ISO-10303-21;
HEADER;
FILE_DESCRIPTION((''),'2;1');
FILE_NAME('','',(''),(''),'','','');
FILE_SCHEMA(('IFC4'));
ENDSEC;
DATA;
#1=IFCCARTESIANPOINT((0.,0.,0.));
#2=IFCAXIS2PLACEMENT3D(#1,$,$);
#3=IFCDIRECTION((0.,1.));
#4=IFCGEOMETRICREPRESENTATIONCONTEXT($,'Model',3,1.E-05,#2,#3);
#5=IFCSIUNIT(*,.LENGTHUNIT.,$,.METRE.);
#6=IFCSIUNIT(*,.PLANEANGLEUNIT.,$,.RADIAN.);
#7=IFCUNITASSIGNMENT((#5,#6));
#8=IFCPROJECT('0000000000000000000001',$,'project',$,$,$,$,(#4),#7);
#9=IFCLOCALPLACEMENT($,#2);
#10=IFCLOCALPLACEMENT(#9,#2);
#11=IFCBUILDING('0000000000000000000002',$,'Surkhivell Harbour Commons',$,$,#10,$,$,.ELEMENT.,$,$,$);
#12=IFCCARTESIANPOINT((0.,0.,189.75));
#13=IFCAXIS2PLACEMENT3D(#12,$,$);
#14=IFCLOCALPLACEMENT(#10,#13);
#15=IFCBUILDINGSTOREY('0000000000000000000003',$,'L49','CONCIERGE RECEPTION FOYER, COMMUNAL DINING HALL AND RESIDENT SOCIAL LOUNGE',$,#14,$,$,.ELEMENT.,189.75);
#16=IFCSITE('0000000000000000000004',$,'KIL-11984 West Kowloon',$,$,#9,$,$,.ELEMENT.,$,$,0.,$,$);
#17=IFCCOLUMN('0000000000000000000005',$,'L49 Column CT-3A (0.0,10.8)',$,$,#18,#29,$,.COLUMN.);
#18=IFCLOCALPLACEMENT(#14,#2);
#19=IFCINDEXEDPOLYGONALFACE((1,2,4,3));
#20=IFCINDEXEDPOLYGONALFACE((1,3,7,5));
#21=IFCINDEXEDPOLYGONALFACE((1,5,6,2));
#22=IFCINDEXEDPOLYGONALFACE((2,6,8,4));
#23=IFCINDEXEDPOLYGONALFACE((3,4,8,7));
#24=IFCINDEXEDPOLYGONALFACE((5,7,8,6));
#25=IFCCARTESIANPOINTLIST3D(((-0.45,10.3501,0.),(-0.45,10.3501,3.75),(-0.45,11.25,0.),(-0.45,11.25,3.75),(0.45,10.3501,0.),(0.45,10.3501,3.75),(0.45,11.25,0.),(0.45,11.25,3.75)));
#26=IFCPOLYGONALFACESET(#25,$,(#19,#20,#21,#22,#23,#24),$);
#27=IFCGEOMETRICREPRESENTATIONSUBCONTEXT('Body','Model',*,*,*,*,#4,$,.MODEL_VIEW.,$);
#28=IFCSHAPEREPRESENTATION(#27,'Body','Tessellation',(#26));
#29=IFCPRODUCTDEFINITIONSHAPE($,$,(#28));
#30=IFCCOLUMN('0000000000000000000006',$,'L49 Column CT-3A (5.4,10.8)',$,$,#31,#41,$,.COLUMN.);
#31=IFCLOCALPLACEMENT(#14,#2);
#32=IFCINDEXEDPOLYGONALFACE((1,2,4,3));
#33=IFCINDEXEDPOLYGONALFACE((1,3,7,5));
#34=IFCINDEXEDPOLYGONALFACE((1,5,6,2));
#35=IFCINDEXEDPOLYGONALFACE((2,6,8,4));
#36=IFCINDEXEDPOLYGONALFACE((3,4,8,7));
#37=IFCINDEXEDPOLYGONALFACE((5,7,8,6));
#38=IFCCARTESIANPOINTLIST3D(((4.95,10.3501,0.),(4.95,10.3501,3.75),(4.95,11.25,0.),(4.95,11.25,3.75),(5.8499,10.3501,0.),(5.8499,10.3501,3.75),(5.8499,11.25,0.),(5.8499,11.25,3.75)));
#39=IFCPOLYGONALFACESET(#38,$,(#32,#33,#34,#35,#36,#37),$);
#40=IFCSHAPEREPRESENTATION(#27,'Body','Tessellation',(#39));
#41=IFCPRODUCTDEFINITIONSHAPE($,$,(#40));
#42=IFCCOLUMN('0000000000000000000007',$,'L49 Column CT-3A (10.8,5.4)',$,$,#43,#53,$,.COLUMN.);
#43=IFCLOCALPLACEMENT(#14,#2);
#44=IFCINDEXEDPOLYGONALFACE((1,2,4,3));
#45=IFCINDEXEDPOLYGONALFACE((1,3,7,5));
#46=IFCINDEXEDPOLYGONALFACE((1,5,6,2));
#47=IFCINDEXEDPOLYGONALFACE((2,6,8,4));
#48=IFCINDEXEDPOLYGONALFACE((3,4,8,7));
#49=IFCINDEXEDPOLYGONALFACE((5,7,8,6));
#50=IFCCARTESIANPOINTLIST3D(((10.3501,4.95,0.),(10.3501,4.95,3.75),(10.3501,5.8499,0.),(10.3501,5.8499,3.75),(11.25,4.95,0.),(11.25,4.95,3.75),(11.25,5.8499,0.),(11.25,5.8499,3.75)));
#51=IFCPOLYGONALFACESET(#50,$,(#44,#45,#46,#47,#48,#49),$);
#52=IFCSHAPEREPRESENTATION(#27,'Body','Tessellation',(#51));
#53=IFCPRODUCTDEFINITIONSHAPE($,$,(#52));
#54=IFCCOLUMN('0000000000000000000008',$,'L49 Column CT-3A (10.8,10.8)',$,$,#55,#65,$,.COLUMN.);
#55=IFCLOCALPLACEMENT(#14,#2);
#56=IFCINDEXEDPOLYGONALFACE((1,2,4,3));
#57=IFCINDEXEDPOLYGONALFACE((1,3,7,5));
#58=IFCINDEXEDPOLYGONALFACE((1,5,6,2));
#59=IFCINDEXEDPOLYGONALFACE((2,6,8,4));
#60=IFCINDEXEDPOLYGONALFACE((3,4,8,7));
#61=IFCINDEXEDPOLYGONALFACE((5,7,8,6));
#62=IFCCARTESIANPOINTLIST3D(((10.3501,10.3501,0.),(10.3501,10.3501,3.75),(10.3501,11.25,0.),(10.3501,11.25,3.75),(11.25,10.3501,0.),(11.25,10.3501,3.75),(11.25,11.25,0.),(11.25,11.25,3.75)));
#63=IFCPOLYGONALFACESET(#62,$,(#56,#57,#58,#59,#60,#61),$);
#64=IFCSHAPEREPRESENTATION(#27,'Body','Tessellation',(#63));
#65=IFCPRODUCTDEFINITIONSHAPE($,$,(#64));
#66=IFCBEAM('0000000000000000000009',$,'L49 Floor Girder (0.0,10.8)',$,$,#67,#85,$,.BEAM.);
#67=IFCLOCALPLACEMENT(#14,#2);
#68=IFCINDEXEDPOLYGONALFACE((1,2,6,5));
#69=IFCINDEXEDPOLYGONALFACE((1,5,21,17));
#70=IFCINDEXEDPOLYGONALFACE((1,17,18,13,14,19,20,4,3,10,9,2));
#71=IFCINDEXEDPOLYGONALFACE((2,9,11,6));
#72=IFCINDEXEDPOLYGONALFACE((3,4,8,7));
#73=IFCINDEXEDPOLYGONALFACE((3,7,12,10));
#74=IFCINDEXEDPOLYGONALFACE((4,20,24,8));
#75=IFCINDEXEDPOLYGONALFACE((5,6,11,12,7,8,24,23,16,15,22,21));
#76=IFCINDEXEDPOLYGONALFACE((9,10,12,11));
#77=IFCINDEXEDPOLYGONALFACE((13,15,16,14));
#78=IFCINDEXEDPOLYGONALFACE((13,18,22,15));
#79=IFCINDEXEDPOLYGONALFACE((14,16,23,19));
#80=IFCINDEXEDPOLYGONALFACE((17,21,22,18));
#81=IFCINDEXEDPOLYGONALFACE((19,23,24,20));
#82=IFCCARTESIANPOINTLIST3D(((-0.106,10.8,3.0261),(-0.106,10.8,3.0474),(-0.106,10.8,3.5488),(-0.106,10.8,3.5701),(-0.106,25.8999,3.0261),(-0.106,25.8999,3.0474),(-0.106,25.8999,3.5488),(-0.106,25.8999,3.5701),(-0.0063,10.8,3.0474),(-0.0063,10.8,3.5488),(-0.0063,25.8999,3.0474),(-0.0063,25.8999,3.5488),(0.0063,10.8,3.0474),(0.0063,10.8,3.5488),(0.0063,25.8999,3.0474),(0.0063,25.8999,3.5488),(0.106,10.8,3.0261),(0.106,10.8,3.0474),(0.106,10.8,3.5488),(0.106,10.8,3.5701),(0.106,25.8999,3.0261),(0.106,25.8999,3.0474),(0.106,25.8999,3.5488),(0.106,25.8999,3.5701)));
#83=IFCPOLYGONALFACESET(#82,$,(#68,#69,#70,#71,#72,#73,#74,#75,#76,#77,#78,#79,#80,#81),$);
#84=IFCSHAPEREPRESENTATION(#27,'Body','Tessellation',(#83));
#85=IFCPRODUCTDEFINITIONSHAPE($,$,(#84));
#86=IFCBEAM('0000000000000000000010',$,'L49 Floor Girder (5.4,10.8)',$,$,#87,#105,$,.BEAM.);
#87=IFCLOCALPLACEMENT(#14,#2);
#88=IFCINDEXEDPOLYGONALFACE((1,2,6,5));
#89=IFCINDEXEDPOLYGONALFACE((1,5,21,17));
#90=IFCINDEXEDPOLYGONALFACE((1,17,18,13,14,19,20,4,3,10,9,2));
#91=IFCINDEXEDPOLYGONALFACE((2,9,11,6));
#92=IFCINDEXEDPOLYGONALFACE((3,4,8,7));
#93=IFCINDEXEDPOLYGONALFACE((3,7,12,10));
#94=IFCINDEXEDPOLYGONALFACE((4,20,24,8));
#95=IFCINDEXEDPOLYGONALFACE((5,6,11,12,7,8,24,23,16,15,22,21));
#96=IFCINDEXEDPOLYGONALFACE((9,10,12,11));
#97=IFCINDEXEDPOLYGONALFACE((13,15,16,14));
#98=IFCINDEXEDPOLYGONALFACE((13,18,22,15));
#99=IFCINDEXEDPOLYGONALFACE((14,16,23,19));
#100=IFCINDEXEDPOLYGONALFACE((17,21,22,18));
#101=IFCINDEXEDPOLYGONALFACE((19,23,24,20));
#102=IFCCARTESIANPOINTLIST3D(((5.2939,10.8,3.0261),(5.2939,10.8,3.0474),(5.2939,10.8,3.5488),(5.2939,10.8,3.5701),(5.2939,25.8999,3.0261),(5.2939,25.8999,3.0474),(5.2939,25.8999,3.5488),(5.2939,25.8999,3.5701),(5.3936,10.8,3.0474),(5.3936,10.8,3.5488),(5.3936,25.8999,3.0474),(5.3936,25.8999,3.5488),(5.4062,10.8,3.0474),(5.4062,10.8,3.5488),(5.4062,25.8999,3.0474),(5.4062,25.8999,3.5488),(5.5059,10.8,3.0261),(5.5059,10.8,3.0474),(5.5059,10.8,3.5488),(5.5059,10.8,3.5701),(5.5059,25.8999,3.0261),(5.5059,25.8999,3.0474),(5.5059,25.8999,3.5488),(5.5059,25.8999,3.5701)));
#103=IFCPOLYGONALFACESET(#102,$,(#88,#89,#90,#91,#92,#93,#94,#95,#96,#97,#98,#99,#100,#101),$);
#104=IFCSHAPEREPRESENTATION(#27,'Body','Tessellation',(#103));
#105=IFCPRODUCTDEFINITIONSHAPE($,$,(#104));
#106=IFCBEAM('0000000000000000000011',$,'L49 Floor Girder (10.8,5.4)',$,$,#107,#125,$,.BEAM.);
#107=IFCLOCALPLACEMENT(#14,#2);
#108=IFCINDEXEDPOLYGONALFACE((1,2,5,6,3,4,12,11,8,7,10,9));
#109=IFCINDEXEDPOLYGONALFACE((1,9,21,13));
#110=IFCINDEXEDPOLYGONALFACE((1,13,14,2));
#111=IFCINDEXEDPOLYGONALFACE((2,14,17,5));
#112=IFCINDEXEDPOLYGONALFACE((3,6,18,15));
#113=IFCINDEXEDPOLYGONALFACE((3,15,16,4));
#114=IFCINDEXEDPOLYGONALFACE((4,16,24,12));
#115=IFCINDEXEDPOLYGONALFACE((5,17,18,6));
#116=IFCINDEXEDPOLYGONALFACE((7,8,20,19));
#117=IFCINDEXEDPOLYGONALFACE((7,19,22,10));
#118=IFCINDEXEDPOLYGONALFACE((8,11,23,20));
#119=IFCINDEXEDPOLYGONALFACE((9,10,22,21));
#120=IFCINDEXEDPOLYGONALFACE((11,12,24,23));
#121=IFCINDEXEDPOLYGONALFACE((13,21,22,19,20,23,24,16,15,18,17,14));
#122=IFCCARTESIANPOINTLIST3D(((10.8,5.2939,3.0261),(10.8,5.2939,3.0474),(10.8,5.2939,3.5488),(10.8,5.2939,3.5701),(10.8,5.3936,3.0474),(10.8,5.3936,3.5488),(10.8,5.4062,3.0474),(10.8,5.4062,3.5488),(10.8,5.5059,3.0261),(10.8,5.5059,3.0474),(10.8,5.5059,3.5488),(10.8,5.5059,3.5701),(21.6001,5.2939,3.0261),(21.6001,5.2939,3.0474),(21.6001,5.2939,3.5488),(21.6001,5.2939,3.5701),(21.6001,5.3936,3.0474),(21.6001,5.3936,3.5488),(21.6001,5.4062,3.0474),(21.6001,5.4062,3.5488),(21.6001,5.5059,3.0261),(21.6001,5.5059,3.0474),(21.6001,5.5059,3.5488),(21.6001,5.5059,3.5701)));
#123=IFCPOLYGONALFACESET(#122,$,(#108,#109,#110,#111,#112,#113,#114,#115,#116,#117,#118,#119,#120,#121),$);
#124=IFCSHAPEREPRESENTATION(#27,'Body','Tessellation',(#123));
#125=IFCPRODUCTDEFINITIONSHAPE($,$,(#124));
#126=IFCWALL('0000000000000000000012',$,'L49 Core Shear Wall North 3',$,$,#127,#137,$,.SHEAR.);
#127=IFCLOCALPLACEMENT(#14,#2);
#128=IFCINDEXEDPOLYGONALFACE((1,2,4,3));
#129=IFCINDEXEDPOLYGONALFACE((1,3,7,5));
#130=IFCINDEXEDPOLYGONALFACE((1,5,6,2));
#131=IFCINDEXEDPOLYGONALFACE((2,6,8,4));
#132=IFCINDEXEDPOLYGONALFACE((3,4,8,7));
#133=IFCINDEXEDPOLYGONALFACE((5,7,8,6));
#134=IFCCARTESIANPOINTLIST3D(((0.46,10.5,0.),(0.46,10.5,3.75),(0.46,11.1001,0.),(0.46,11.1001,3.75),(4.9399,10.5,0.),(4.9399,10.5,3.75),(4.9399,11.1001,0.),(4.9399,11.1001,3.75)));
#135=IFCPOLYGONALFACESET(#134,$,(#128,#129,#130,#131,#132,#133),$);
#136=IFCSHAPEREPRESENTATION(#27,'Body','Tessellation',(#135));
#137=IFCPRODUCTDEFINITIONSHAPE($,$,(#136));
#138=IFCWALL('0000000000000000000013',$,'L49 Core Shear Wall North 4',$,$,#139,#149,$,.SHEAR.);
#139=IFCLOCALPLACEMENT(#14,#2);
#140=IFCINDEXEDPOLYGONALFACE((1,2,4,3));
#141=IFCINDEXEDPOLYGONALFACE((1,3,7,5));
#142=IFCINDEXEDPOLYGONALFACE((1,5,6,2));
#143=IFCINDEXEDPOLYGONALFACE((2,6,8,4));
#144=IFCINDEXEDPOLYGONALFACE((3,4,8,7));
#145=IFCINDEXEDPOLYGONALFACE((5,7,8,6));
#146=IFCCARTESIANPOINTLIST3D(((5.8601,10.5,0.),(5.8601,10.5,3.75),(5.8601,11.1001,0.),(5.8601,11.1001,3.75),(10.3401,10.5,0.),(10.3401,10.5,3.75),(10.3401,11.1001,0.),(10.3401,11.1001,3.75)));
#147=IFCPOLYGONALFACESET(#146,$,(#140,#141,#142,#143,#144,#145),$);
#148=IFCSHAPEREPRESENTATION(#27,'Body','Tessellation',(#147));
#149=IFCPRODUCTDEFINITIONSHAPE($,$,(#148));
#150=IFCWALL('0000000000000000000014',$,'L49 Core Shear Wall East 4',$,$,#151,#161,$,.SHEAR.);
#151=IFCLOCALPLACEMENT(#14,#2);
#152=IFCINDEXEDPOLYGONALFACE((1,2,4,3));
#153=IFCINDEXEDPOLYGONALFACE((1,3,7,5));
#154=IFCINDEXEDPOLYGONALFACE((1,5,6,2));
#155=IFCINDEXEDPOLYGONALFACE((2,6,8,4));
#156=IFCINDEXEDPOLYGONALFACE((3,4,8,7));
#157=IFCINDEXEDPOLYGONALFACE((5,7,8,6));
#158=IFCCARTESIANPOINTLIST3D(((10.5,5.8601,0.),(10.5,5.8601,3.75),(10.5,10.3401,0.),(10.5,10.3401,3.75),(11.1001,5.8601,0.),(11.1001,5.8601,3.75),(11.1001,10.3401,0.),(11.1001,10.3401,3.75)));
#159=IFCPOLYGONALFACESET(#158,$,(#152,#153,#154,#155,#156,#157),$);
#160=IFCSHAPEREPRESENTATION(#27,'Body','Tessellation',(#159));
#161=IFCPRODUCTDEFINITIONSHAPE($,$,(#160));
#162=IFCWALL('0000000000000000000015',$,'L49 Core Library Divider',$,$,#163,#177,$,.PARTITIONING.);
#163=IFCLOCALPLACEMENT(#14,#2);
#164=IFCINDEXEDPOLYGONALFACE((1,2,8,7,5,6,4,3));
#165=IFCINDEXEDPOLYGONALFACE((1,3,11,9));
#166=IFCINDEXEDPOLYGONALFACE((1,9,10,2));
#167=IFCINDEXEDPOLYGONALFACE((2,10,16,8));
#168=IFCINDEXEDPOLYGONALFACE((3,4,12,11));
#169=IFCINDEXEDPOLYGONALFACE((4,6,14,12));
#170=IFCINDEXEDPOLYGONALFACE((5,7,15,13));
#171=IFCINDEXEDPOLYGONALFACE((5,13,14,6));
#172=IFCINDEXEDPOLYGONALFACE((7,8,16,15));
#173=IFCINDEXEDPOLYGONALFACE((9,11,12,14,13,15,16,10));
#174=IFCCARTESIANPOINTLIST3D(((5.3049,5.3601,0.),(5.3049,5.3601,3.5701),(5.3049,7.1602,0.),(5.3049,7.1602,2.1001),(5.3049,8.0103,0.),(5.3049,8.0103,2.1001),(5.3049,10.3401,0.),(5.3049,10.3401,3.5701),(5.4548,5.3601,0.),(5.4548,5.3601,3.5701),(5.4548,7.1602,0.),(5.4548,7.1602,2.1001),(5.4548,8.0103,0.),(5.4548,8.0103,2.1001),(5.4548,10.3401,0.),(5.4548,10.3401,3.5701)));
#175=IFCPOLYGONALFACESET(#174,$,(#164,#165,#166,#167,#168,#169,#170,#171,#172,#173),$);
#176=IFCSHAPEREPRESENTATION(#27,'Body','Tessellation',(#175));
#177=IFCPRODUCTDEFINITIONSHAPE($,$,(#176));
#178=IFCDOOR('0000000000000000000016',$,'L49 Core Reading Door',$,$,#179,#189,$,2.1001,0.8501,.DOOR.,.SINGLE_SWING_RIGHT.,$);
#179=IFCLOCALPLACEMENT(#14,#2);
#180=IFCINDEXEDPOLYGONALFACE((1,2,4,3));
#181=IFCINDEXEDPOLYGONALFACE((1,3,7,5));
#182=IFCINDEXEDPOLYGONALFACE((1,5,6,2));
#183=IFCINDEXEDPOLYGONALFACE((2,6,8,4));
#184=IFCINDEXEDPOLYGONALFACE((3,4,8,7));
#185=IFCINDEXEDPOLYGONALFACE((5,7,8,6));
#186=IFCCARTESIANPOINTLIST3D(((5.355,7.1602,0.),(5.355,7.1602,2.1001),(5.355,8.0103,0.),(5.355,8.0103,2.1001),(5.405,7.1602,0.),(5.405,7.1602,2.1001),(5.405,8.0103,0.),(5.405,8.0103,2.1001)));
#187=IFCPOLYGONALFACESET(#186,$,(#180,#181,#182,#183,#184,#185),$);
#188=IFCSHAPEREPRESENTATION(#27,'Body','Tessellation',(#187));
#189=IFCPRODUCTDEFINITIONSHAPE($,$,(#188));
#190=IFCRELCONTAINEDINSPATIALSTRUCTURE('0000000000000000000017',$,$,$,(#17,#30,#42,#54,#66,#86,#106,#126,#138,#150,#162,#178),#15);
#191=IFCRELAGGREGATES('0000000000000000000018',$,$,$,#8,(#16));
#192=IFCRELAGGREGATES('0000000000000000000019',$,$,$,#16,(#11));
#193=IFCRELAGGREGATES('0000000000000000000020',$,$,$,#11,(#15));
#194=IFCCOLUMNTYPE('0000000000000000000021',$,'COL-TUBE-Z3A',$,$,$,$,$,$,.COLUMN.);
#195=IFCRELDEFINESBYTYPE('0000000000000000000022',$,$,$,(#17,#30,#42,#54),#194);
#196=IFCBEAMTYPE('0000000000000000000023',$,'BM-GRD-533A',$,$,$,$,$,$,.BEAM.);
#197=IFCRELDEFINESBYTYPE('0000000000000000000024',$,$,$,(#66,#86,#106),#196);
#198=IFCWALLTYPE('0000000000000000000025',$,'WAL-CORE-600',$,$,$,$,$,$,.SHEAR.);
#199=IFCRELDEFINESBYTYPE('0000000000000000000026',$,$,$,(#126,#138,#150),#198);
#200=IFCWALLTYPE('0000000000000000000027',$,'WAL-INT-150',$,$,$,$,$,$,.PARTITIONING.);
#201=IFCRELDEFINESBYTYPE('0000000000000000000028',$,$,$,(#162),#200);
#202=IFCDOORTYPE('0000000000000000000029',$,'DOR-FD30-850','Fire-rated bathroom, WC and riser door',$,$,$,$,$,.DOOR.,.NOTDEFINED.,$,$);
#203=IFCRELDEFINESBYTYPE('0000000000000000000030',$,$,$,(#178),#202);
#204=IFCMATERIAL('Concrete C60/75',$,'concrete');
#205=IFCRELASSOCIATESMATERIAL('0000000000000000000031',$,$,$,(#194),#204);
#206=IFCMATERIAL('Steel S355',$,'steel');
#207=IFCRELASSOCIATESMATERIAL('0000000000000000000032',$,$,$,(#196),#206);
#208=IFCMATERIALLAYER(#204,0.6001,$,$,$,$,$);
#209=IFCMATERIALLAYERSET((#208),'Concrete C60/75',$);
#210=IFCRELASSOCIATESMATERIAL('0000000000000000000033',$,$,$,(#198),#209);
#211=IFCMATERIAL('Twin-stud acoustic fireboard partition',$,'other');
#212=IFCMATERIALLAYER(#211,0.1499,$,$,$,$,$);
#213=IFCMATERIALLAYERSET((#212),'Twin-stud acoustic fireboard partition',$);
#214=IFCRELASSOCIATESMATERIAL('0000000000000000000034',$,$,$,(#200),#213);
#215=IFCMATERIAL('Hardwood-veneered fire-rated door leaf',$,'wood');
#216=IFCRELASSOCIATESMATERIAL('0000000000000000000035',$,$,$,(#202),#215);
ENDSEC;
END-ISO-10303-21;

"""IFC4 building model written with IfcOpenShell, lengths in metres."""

from ifc_helpers import new_model, si_unit, direction, frame, frame_2d, origin, origin_2d, place, context, subcontext, project, spatial, rectangle, i_section, extrude, material, layer, layer_set, material_profile, profile_set, type_object, element, fill, save


model = new_model("IFC4")

# Units and contexts
model_context = context("Model", 3, precision=1e-05, world=origin(), true_north=direction((0.0, 1.0)))
body_context = subcontext(model_context, "Body", "Model", "MODEL_VIEW")
ifc_project = project(units=[si_unit("LENGTHUNIT", "METRE"), si_unit("PLANEANGLEUNIT", "RADIAN")], contexts=[model_context])

# Site, building, storey
site_placement = place(None, origin())
site = spatial("IfcSite", under=ifc_project, at=site_placement, Name="KIL-11984 West Kowloon", CompositionType="ELEMENT", RefElevation=0.0)
building_placement = place(site_placement, origin())
building = spatial("IfcBuilding", under=site, at=building_placement, Name="Surkhivell Harbour Commons", CompositionType="ELEMENT")
storey_placement = place(building_placement, frame((0.0, 0.0, 189.75)))
storey = spatial("IfcBuildingStorey", under=building, at=storey_placement, Name="L49", Description="CONCIERGE RECEPTION FOYER, COMMUNAL DINING HALL AND RESIDENT SOCIAL LOUNGE", CompositionType="ELEMENT", Elevation=189.75)

# Columns
ifc_material_1 = material(Name="Concrete C60/75", Category="concrete")
ifc_material_profile_1 = material_profile(ifc_material_1, rectangle(XDim=0.8999, YDim=0.8999, at=origin_2d()), Name="RC-COL-900x900")
ifc_profile_set_1 = profile_set([ifc_material_profile_1], Name="Concrete C60/75")
column_type = type_object("IfcColumnType", Name="COL-TUBE-Z3A", PredefinedType="COLUMN", material=ifc_profile_set_1)
for number, where, z_axis, x_axis, name in (
    (1, (0.0, 10.8, 0.0), (0.0, 0.0, 1.0), (1.0, 0.0, 0.0), "L49 Column CT-3A (0.0,10.8)"),
    (2, (5.3999, 10.8, 0.0), (0.0, 0.0, 1.0), (1.0, 0.0, 0.0), "L49 Column CT-3A (5.4,10.8)"),
    (3, (10.8, 5.3999, 0.0), (0.0, 0.0, 1.0), (1.0, 0.0, 0.0), "L49 Column CT-3A (10.8,5.4)"),
    (4, (10.8, 10.8, 0.0), (0.0, 0.0, 1.0), (1.0, 0.0, 0.0), "L49 Column CT-3A (10.8,10.8)"),
):
    element("IfcColumn", number, at=place(storey_placement, frame(where, z_axis=z_axis, x_axis=x_axis)), inside=storey, type_object=column_type, Name=name, PredefinedType="COLUMN", context=body_context, shape_type="SweptSolid", body=[
        extrude(rectangle(XDim=0.8999, YDim=0.8999, at=origin_2d()), origin(), (0.0, 0.0, 1.0), 3.75),
    ])

# Beams
ifc_material_2 = material(Name="Steel S355", Category="steel")
ifc_material_profile_2 = material_profile(ifc_material_2, i_section(OverallWidth=0.2119, OverallDepth=0.5439, WebThickness=0.0127, FlangeThickness=0.0212, at=origin_2d()), Name="UB533x210x122")
ifc_profile_set_2 = profile_set([ifc_material_profile_2], Name="Steel S355")
beam_type = type_object("IfcBeamType", Name="BM-GRD-533A", PredefinedType="BEAM", material=ifc_profile_set_2)
for number, where, z_axis, x_axis, name in (
    (5, (0.0, 10.8, 3.2981), (0.0, 1.0, 0.0), (-1.0, 0.0, 0.0), "L49 Floor Girder (0.0,10.8)"),
    (6, (5.3999, 10.8, 3.2981), (0.0, 1.0, 0.0), (-1.0, 0.0, 0.0), "L49 Floor Girder (5.4,10.8)"),
):
    element("IfcBeam", number, at=place(storey_placement, frame(where, z_axis=z_axis, x_axis=x_axis)), inside=storey, type_object=beam_type, Name=name, PredefinedType="BEAM", context=body_context, shape_type="SweptSolid", body=[
        extrude(i_section(OverallWidth=0.2119, OverallDepth=0.5439, WebThickness=0.0127, FlangeThickness=0.0212, at=origin_2d()), origin(), (0.0, 0.0, 1.0), 15.0999),
    ])
beam_placement = place(storey_placement, frame((10.8, 5.3999, 3.2981), z_axis=(1.0, 0.0, 0.0), x_axis=(0.0, 1.0, 0.0)))
element("IfcBeam", 7, at=beam_placement, inside=storey, type_object=beam_type, Name="L49 Floor Girder (10.8,5.4)", PredefinedType="BEAM", context=body_context, shape_type="SweptSolid", body=[
    extrude(i_section(OverallWidth=0.2119, OverallDepth=0.5439, WebThickness=0.0127, FlangeThickness=0.0212, at=origin_2d()), origin(), (0.0, 0.0, 1.0), 10.8),
])

# Walls
ifc_layer_1 = layer(ifc_material_1, 0.6001)
ifc_layer_set_1 = layer_set([ifc_layer_1], Name="Concrete C60/75")
wall_type_1 = type_object("IfcWallType", Name="WAL-CORE-600", PredefinedType="SHEAR", material=ifc_layer_set_1)
for number, where, z_axis, x_axis, name in (
    (8, (0.46, 10.8, 0.0), (0.0, 0.0, 1.0), (1.0, 0.0, 0.0), "L49 Core Shear Wall North 3"),
    (9, (5.8601, 10.8, 0.0), (0.0, 0.0, 1.0), (1.0, 0.0, 0.0), "L49 Core Shear Wall North 4"),
    (10, (10.8, 5.8601, 0.0), (0.0, 0.0, 1.0), (0.0, 1.0, 0.0), "L49 Core Shear Wall East 4"),
):
    element("IfcWall", number, at=place(storey_placement, frame(where, z_axis=z_axis, x_axis=x_axis)), inside=storey, type_object=wall_type_1, Name=name, PredefinedType="SHEAR", context=body_context, shape_type="SweptSolid", body=[
        extrude(rectangle(XDim=4.48, YDim=0.6001, at=frame_2d((2.24, 0.0))), origin(), (0.0, 0.0, 1.0), 3.75),
    ])

# Wall, opening, door
ifc_material_3 = material(Name="Twin-stud acoustic fireboard partition", Category="other")
ifc_layer_2 = layer(ifc_material_3, 0.1499)
ifc_layer_set_2 = layer_set([ifc_layer_2], Name="Twin-stud acoustic fireboard partition")
wall_type_2 = type_object("IfcWallType", Name="WAL-INT-150", PredefinedType="PARTITIONING", material=ifc_layer_set_2)
wall_1_placement = place(storey_placement, frame((5.3799, 5.3601, 0.0), z_axis=(0.0, 0.0, 1.0), x_axis=(0.0, 1.0, 0.0)))
wall_1 = element("IfcWall", 11, at=wall_1_placement, inside=storey, type_object=wall_type_2, Name="L49 Core Library Divider", PredefinedType="PARTITIONING", context=body_context, shape_type="SweptSolid", body=[
    extrude(rectangle(XDim=4.98, YDim=0.1499, at=frame_2d((2.49, 0.0))), origin(), (0.0, 0.0, 1.0), 3.5701),
])
opening_1_placement = place(wall_1_placement, frame((1.8, 0.0, 0.0)))
opening_1 = element("IfcOpeningElement", 12, at=opening_1_placement, cuts=wall_1, PredefinedType="OPENING", context=body_context, shape_type="SweptSolid", body=[
    extrude(rectangle(XDim=0.8501, YDim=2.1001, at=frame_2d((0.425, 1.05))), frame((0.0, 0.085, 0.0), z_axis=(0.0, -1.0, 0.0), x_axis=(1.0, 0.0, 0.0)), (0.0, 0.0, 1.0), 0.1699),
])
ifc_material_4 = material(Name="Hardwood-veneered fire-rated door leaf", Category="wood")
door_type_1 = type_object("IfcDoorType", Name="DOR-FD30-850", Description="Fire-rated bathroom, WC and riser door", OperationType="NOTDEFINED", PredefinedType="DOOR", material=ifc_material_4)
door_1_placement = place(opening_1_placement, origin())
door_1 = element("IfcDoor", 13, at=door_1_placement, inside=storey, type_object=door_type_1, Name="L49 Core Reading Door", OperationType="SINGLE_SWING_RIGHT", OverallHeight=2.1001, OverallWidth=0.8501, PredefinedType="DOOR", context=body_context, shape_type="SweptSolid", body=[
    extrude(rectangle(XDim=0.8501, YDim=2.1001, at=frame_2d((0.425, 1.05))), frame((0.0, 0.0249, 0.0), z_axis=(0.0, -1.0, 0.0), x_axis=(1.0, 0.0, 0.0)), (0.0, 0.0, 1.0), 0.05),
])
fill(opening_1, door_1)

save(model, "model.ifc")
